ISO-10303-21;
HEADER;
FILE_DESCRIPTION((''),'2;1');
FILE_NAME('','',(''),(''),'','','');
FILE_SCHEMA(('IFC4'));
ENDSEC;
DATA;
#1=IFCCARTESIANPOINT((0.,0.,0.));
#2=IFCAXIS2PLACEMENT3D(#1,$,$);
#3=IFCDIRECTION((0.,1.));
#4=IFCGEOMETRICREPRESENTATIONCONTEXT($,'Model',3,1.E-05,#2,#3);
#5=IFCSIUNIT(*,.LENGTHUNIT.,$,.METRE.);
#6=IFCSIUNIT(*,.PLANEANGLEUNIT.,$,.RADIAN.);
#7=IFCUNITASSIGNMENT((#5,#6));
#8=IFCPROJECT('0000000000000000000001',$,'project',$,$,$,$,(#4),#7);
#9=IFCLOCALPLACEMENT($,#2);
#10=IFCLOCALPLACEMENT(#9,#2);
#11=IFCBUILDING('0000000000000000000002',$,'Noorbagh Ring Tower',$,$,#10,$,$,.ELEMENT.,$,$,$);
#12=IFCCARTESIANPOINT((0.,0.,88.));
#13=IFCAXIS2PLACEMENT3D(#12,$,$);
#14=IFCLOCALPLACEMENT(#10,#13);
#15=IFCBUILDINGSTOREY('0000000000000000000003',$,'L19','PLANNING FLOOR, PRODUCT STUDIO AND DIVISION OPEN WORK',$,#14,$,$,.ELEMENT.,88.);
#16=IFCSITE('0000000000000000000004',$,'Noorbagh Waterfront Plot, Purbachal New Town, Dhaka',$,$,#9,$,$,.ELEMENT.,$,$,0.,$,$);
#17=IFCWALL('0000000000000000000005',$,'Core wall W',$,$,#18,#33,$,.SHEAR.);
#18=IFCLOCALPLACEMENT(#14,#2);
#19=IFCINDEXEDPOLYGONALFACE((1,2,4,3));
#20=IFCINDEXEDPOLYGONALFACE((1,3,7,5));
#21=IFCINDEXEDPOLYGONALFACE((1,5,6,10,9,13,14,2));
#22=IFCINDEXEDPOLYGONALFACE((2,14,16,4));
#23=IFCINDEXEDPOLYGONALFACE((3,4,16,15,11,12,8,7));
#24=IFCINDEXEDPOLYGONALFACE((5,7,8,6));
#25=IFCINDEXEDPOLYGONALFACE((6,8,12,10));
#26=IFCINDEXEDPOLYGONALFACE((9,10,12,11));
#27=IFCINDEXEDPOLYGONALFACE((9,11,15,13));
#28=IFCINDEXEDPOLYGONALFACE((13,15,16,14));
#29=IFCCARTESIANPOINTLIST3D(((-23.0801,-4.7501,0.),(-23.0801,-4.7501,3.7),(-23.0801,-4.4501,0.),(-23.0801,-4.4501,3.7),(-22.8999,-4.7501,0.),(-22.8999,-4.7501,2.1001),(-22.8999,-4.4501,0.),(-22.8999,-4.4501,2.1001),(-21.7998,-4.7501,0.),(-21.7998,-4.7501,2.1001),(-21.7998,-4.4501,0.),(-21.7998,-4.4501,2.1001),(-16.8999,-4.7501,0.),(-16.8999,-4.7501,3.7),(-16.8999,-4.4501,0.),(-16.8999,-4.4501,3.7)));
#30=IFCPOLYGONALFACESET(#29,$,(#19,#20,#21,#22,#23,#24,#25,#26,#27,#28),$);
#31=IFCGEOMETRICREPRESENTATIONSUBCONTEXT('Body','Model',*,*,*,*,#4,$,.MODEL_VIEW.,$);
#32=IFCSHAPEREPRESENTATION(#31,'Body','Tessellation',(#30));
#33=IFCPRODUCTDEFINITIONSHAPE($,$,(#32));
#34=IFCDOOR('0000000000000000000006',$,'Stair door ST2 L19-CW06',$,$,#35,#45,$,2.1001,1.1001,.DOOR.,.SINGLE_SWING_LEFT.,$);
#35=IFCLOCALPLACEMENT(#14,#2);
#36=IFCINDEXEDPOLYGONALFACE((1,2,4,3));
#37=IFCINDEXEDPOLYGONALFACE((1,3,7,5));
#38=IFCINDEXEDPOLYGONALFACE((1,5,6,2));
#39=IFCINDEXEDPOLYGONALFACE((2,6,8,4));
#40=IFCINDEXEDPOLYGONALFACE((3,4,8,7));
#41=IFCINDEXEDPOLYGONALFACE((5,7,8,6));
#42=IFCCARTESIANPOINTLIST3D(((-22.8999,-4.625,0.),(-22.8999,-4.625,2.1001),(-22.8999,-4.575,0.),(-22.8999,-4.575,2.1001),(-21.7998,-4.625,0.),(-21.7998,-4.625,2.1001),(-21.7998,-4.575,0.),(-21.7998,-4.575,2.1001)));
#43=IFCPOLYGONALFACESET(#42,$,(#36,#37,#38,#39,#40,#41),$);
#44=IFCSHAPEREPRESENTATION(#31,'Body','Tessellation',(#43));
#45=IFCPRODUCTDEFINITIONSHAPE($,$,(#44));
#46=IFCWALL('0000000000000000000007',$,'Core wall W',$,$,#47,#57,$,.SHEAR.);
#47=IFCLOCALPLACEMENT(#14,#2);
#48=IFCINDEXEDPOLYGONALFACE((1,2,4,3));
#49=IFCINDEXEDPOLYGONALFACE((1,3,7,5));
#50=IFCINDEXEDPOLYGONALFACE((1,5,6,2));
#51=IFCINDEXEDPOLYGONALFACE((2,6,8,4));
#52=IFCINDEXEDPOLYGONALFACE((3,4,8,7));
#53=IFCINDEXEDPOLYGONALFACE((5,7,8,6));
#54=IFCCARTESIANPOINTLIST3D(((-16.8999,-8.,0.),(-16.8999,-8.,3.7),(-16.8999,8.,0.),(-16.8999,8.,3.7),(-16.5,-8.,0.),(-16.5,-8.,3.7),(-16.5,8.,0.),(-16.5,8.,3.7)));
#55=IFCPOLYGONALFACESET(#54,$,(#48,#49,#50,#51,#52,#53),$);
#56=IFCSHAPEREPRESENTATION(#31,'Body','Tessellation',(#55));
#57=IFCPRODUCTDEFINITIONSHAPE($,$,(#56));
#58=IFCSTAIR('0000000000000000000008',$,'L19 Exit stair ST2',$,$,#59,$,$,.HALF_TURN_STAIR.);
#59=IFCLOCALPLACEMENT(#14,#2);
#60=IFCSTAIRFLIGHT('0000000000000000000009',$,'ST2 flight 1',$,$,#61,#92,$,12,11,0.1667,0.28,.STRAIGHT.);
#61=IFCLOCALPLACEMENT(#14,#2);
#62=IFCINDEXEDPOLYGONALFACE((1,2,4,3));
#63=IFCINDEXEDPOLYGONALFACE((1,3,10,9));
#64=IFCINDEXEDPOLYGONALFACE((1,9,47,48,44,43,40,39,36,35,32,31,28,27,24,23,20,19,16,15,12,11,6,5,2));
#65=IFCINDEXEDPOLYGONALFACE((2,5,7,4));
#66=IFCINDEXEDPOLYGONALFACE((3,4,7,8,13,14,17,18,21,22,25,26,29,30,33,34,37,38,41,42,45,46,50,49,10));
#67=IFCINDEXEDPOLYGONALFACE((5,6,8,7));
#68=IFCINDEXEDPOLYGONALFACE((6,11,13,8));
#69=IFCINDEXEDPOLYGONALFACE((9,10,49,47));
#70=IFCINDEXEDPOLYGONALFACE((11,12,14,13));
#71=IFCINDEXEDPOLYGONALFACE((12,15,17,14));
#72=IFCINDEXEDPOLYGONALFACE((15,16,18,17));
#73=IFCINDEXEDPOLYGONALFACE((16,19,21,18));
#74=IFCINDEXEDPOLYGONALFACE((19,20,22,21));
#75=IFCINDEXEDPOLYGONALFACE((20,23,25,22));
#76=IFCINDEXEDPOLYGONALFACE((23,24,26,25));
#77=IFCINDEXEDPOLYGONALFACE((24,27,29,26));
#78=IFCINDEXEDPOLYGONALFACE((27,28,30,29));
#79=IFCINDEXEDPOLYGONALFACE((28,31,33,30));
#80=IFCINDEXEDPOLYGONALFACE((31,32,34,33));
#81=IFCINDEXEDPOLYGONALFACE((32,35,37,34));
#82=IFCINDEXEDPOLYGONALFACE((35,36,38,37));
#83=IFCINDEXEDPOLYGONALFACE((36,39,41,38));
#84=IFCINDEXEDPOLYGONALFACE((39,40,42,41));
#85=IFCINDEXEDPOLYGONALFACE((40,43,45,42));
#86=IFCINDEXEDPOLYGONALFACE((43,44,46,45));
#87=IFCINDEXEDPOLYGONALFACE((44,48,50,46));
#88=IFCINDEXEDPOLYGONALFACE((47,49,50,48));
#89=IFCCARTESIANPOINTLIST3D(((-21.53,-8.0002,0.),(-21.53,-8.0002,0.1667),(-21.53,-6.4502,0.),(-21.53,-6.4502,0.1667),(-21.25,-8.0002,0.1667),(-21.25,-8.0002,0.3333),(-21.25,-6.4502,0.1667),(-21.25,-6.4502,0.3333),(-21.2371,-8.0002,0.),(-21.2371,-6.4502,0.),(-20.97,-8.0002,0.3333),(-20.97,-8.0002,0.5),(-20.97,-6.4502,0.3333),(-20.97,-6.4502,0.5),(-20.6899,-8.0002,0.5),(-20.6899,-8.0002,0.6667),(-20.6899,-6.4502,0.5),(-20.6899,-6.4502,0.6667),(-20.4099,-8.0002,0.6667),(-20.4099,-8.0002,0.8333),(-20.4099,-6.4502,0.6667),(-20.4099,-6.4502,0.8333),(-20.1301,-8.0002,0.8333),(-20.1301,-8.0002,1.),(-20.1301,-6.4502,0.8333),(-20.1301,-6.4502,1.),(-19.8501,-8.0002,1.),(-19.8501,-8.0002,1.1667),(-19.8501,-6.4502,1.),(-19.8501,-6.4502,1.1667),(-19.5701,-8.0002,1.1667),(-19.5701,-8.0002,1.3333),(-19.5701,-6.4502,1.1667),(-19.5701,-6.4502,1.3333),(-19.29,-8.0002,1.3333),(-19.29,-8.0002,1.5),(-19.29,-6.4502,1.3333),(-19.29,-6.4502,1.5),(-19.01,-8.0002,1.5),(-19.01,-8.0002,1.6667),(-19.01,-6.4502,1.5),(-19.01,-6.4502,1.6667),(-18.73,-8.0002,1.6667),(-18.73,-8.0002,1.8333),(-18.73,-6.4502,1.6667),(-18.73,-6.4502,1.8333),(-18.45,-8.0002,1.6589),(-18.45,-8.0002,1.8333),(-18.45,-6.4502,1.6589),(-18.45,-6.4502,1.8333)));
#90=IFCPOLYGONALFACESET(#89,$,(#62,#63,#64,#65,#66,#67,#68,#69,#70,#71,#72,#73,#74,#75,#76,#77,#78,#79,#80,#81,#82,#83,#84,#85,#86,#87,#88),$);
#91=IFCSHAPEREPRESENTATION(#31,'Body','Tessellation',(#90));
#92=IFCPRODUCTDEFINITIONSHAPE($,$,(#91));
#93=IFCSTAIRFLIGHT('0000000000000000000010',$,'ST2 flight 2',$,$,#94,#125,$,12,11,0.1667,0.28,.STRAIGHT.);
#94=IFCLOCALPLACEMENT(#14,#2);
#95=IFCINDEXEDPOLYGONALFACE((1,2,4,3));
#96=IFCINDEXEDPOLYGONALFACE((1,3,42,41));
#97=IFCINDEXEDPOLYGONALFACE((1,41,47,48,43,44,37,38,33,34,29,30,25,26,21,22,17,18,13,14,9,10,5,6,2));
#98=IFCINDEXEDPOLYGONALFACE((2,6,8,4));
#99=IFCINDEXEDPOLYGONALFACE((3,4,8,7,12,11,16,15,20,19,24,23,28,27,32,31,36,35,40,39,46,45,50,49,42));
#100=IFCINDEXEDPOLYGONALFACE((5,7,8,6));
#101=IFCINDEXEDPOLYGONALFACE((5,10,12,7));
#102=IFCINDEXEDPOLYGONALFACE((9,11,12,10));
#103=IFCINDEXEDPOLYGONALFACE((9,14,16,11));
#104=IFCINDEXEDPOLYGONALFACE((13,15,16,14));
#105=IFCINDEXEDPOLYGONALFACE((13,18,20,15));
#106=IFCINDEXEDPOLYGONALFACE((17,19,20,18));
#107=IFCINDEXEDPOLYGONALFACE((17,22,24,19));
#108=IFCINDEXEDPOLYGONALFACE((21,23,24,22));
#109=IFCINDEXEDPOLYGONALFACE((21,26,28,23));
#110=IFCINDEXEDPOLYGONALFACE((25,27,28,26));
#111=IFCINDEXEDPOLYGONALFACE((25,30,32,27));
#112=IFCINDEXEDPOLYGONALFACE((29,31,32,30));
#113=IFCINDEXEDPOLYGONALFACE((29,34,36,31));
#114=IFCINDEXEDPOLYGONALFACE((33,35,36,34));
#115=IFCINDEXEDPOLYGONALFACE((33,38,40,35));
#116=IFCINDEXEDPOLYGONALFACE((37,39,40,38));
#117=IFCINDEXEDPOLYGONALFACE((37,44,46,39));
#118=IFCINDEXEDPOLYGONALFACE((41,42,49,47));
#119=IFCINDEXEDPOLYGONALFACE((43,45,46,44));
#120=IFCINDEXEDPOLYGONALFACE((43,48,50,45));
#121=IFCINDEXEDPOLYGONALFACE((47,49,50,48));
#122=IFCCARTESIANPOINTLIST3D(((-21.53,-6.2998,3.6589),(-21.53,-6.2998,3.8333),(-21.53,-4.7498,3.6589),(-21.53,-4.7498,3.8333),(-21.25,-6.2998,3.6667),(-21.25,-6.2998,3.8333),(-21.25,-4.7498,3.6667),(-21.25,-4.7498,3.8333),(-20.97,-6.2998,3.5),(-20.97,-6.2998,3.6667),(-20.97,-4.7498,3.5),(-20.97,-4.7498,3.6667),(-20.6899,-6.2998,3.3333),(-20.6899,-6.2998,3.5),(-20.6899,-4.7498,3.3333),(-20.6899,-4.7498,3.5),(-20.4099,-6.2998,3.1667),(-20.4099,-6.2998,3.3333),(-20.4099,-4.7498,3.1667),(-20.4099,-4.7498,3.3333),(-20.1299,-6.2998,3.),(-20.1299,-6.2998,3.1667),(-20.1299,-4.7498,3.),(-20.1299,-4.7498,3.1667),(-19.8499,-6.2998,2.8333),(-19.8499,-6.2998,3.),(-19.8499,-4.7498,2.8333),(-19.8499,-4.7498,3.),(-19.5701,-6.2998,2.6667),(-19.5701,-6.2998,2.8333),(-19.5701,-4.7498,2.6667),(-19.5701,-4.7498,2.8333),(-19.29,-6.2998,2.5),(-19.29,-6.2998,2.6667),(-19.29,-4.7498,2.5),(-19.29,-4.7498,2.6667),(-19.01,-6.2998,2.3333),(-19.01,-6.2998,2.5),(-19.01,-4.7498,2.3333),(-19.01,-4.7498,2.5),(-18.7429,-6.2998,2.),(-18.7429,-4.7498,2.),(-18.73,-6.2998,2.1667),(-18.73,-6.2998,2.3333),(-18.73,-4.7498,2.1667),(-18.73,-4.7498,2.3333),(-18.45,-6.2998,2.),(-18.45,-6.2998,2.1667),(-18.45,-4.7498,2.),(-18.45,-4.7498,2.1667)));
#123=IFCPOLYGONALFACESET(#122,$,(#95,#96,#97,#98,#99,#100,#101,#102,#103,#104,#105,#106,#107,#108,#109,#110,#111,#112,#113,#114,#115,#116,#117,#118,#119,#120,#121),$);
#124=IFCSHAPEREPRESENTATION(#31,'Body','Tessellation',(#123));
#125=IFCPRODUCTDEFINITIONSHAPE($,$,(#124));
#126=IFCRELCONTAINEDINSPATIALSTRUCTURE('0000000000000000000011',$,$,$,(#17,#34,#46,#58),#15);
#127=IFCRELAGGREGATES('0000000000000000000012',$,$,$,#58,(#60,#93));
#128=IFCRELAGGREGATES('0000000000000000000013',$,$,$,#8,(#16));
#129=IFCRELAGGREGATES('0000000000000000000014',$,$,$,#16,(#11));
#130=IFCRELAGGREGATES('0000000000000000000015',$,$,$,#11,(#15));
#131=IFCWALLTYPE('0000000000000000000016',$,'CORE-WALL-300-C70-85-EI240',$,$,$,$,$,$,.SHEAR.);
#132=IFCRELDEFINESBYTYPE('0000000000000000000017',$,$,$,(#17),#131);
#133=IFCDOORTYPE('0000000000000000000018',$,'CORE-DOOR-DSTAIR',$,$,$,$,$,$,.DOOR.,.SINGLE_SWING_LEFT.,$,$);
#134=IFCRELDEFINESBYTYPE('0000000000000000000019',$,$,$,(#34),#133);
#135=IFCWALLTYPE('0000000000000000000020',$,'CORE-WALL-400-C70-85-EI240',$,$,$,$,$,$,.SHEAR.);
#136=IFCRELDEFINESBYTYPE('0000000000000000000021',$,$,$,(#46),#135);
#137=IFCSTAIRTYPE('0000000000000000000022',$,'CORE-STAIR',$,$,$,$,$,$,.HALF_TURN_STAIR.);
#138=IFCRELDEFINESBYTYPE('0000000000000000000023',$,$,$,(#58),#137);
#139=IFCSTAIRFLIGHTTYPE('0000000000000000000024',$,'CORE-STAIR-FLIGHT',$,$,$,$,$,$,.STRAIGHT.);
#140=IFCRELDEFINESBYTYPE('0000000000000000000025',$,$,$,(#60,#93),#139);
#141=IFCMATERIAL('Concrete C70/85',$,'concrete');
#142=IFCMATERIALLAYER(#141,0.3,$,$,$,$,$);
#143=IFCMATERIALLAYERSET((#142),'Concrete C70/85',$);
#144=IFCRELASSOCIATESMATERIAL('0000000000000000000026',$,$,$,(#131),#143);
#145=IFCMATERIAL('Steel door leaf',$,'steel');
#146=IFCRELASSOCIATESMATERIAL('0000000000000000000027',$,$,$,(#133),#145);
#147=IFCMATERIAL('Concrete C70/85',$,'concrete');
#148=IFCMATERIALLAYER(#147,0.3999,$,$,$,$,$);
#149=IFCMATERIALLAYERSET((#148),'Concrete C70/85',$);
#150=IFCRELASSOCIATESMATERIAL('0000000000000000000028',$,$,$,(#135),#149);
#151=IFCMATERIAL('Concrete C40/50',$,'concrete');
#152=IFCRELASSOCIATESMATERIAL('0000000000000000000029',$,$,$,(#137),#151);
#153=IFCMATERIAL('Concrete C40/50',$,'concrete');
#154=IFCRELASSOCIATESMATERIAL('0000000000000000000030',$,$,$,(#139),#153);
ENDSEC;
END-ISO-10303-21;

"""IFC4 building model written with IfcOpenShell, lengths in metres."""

from ifc_helpers import new_model, si_unit, direction, frame, frame_2d, origin, place, context, subcontext, project, spatial, polyline, rectangle, outline, extrude, material, layer, layer_set, type_object, element, fill, aggregate, save


model = new_model("IFC4")

# Units and contexts
model_context = context("Model", 3, precision=1e-05, world=origin(), true_north=direction((0.0, 1.0)))
body_context = subcontext(model_context, "Body", "Model", "MODEL_VIEW")
ifc_project = project(units=[si_unit("LENGTHUNIT", "METRE"), si_unit("PLANEANGLEUNIT", "RADIAN")], contexts=[model_context])

# Site, building, storey
site_placement = place(None, origin())
site = spatial("IfcSite", under=ifc_project, at=site_placement, Name="Noorbagh Waterfront Plot, Purbachal New Town, Dhaka", CompositionType="ELEMENT", RefElevation=0.0)
building_placement = place(site_placement, origin())
building = spatial("IfcBuilding", under=site, at=building_placement, Name="Noorbagh Ring Tower", CompositionType="ELEMENT")
storey_placement = place(building_placement, frame((0.0, 0.0, 88.0)))
storey = spatial("IfcBuildingStorey", under=building, at=storey_placement, Name="L19", Description="PLANNING FLOOR, PRODUCT STUDIO AND DIVISION OPEN WORK", CompositionType="ELEMENT", Elevation=88.0)

# Shared definitions
ifc_material_1 = material(Name="Concrete C70/85", Category="concrete")
ifc_layer_1 = layer(ifc_material_1, 0.3)
ifc_layer_set_1 = layer_set([ifc_layer_1], Name="Concrete C70/85")
wall_type_1 = type_object("IfcWallType", Name="CORE-WALL-300-C70-85-EI240", PredefinedType="SHEAR", material=ifc_layer_set_1)

# Wall, opening, door
wall_1_placement = place(storey_placement, frame((-16.8999, -4.6001, 0.0), z_axis=(0.0, 0.0, 1.0), x_axis=(-1.0, 0.0, 0.0)))
wall_1 = element("IfcWall", 1, at=wall_1_placement, inside=storey, type_object=wall_type_1, Name="Core wall W", PredefinedType="SHEAR", context=body_context, shape_type="SweptSolid", body=[
    extrude(rectangle(XDim=6.1802, YDim=0.3, at=frame_2d((3.0901, 0.0))), origin(), (0.0, 0.0, 1.0), 3.7),
])
opening_1_placement = place(wall_1_placement, frame((4.8999, 0.0, 0.0)))
opening_1 = element("IfcOpeningElement", 2, at=opening_1_placement, cuts=wall_1, PredefinedType="OPENING", context=body_context, shape_type="SweptSolid", body=[
    extrude(rectangle(XDim=1.1001, YDim=2.1001, at=frame_2d((0.55, 1.05))), frame((0.0, 0.1602, 0.0), z_axis=(0.0, -1.0, 0.0), x_axis=(1.0, 0.0, 0.0)), (0.0, 0.0, 1.0), 0.3201),
])
ifc_material_2 = material(Name="Steel door leaf", Category="steel")
door_type_1 = type_object("IfcDoorType", Name="CORE-DOOR-DSTAIR", OperationType="SINGLE_SWING_LEFT", PredefinedType="DOOR", material=ifc_material_2)
door_1_placement = place(opening_1_placement, origin())
door_1 = element("IfcDoor", 3, at=door_1_placement, inside=storey, type_object=door_type_1, Name="Stair door ST2 L19-CW06", OperationType="SINGLE_SWING_LEFT", OverallHeight=2.1001, OverallWidth=1.1001, PredefinedType="DOOR", context=body_context, shape_type="SweptSolid", body=[
    extrude(rectangle(XDim=1.1001, YDim=2.1001, at=frame_2d((0.55, 1.05))), frame((0.0, 0.0249, 0.0), z_axis=(0.0, -1.0, 0.0), x_axis=(1.0, 0.0, 0.0)), (0.0, 0.0, 1.0), 0.05),
])
fill(opening_1, door_1)

# Wall
ifc_material_3 = material(Name="Concrete C70/85", Category="concrete")
ifc_layer_2 = layer(ifc_material_3, 0.3999)
ifc_layer_set_2 = layer_set([ifc_layer_2], Name="Concrete C70/85")
wall_type_2 = type_object("IfcWallType", Name="CORE-WALL-400-C70-85-EI240", PredefinedType="SHEAR", material=ifc_layer_set_2)
wall_2_placement = place(storey_placement, frame((-16.7, -8.0, 0.0), z_axis=(0.0, 0.0, 1.0), x_axis=(0.0, 1.0, 0.0)))
element("IfcWall", 4, at=wall_2_placement, inside=storey, type_object=wall_type_2, Name="Core wall W", PredefinedType="SHEAR", context=body_context, shape_type="SweptSolid", body=[
    extrude(rectangle(XDim=16.0, YDim=0.3999, at=frame_2d((8.0, 0.0))), origin(), (0.0, 0.0, 1.0), 3.7),
])

# Stair, stair flights
ifc_material_4 = material(Name="Concrete C40/50", Category="concrete")
stair_type = type_object("IfcStairType", Name="CORE-STAIR", PredefinedType="HALF_TURN_STAIR", material=ifc_material_4)
stair_placement = place(storey_placement, origin())
stair = element("IfcStair", 5, at=stair_placement, inside=storey, type_object=stair_type, Name="L19 Exit stair ST2", PredefinedType="HALF_TURN_STAIR")
ifc_material_5 = material(Name="Concrete C40/50", Category="concrete")
stair_flight_type = type_object("IfcStairFlightType", Name="CORE-STAIR-FLIGHT", PredefinedType="STRAIGHT", material=ifc_material_5)
stair_flight_1_placement = place(storey_placement, frame((-21.53, -7.2251, 0.0), z_axis=(0.0, 0.0, 1.0), x_axis=(1.0, 0.0, 0.0)))
stair_flight_1 = element("IfcStairFlight", 6, at=stair_flight_1_placement, type_object=stair_flight_type, Name="ST2 flight 1", NumberOfRisers=12, NumberOfTreads=11, PredefinedType="STRAIGHT", RiserHeight=0.1667, TreadLength=0.28, context=body_context, shape_type="SweptSolid", body=[
    extrude(outline(polyline([(0.0, 0.0), (0.0, 0.1667), (0.28, 0.1667), (0.28, 0.3333), (0.5601, 0.3333), (0.5601, 0.5), (0.8401, 0.5), (0.8401, 0.6667), (1.1201, 0.6667), (1.1201, 0.8333), (1.3999, 0.8333), (1.3999, 1.0), (1.6799, 1.0), (1.6799, 1.1667), (1.96, 1.1667), (1.96, 1.3333), (2.24, 1.3333), (2.24, 1.5), (2.52, 1.5), (2.52, 1.6667), (2.8, 1.6667), (2.8, 1.8333), (3.0801, 1.8333), (3.0801, 2.0), (3.0801, 1.6589), (0.293, 0.0), (0.0, 0.0)])), frame((0.0, 0.7749, 0.0), z_axis=(0.0, -1.0, 0.0), x_axis=(1.0, 0.0, 0.0)), (0.0, 0.0, 1.0), 1.55),
])
stair_flight_2_placement = place(storey_placement, frame((-18.45, -5.5249, 2.0), z_axis=(0.0, 0.0, 1.0), x_axis=(-1.0, 0.0, 0.0)))
stair_flight_2 = element("IfcStairFlight", 7, at=stair_flight_2_placement, type_object=stair_flight_type, Name="ST2 flight 2", NumberOfRisers=12, NumberOfTreads=11, PredefinedType="STRAIGHT", RiserHeight=0.1667, TreadLength=0.28, context=body_context, shape_type="SweptSolid", body=[
    extrude(outline(polyline([(0.0, 0.0), (0.0, 0.1667), (0.28, 0.1667), (0.28, 0.3333), (0.5601, 0.3333), (0.5601, 0.5), (0.8401, 0.5), (0.8401, 0.6667), (1.1201, 0.6667), (1.1201, 0.8333), (1.3999, 0.8333), (1.3999, 1.0), (1.6799, 1.0), (1.6799, 1.1667), (1.96, 1.1667), (1.96, 1.3333), (2.24, 1.3333), (2.24, 1.5), (2.52, 1.5), (2.52, 1.6667), (2.8, 1.6667), (2.8, 1.8333), (3.0801, 1.8333), (3.0801, 2.0), (3.0801, 1.6589), (0.293, 0.0), (0.0, 0.0)])), frame((0.0, 0.7749, 0.0), z_axis=(0.0, -1.0, 0.0), x_axis=(1.0, 0.0, 0.0)), (0.0, 0.0, 1.0), 1.55),
])
aggregate(stair, [stair_flight_1, stair_flight_2])

save(model, "model.ifc")
